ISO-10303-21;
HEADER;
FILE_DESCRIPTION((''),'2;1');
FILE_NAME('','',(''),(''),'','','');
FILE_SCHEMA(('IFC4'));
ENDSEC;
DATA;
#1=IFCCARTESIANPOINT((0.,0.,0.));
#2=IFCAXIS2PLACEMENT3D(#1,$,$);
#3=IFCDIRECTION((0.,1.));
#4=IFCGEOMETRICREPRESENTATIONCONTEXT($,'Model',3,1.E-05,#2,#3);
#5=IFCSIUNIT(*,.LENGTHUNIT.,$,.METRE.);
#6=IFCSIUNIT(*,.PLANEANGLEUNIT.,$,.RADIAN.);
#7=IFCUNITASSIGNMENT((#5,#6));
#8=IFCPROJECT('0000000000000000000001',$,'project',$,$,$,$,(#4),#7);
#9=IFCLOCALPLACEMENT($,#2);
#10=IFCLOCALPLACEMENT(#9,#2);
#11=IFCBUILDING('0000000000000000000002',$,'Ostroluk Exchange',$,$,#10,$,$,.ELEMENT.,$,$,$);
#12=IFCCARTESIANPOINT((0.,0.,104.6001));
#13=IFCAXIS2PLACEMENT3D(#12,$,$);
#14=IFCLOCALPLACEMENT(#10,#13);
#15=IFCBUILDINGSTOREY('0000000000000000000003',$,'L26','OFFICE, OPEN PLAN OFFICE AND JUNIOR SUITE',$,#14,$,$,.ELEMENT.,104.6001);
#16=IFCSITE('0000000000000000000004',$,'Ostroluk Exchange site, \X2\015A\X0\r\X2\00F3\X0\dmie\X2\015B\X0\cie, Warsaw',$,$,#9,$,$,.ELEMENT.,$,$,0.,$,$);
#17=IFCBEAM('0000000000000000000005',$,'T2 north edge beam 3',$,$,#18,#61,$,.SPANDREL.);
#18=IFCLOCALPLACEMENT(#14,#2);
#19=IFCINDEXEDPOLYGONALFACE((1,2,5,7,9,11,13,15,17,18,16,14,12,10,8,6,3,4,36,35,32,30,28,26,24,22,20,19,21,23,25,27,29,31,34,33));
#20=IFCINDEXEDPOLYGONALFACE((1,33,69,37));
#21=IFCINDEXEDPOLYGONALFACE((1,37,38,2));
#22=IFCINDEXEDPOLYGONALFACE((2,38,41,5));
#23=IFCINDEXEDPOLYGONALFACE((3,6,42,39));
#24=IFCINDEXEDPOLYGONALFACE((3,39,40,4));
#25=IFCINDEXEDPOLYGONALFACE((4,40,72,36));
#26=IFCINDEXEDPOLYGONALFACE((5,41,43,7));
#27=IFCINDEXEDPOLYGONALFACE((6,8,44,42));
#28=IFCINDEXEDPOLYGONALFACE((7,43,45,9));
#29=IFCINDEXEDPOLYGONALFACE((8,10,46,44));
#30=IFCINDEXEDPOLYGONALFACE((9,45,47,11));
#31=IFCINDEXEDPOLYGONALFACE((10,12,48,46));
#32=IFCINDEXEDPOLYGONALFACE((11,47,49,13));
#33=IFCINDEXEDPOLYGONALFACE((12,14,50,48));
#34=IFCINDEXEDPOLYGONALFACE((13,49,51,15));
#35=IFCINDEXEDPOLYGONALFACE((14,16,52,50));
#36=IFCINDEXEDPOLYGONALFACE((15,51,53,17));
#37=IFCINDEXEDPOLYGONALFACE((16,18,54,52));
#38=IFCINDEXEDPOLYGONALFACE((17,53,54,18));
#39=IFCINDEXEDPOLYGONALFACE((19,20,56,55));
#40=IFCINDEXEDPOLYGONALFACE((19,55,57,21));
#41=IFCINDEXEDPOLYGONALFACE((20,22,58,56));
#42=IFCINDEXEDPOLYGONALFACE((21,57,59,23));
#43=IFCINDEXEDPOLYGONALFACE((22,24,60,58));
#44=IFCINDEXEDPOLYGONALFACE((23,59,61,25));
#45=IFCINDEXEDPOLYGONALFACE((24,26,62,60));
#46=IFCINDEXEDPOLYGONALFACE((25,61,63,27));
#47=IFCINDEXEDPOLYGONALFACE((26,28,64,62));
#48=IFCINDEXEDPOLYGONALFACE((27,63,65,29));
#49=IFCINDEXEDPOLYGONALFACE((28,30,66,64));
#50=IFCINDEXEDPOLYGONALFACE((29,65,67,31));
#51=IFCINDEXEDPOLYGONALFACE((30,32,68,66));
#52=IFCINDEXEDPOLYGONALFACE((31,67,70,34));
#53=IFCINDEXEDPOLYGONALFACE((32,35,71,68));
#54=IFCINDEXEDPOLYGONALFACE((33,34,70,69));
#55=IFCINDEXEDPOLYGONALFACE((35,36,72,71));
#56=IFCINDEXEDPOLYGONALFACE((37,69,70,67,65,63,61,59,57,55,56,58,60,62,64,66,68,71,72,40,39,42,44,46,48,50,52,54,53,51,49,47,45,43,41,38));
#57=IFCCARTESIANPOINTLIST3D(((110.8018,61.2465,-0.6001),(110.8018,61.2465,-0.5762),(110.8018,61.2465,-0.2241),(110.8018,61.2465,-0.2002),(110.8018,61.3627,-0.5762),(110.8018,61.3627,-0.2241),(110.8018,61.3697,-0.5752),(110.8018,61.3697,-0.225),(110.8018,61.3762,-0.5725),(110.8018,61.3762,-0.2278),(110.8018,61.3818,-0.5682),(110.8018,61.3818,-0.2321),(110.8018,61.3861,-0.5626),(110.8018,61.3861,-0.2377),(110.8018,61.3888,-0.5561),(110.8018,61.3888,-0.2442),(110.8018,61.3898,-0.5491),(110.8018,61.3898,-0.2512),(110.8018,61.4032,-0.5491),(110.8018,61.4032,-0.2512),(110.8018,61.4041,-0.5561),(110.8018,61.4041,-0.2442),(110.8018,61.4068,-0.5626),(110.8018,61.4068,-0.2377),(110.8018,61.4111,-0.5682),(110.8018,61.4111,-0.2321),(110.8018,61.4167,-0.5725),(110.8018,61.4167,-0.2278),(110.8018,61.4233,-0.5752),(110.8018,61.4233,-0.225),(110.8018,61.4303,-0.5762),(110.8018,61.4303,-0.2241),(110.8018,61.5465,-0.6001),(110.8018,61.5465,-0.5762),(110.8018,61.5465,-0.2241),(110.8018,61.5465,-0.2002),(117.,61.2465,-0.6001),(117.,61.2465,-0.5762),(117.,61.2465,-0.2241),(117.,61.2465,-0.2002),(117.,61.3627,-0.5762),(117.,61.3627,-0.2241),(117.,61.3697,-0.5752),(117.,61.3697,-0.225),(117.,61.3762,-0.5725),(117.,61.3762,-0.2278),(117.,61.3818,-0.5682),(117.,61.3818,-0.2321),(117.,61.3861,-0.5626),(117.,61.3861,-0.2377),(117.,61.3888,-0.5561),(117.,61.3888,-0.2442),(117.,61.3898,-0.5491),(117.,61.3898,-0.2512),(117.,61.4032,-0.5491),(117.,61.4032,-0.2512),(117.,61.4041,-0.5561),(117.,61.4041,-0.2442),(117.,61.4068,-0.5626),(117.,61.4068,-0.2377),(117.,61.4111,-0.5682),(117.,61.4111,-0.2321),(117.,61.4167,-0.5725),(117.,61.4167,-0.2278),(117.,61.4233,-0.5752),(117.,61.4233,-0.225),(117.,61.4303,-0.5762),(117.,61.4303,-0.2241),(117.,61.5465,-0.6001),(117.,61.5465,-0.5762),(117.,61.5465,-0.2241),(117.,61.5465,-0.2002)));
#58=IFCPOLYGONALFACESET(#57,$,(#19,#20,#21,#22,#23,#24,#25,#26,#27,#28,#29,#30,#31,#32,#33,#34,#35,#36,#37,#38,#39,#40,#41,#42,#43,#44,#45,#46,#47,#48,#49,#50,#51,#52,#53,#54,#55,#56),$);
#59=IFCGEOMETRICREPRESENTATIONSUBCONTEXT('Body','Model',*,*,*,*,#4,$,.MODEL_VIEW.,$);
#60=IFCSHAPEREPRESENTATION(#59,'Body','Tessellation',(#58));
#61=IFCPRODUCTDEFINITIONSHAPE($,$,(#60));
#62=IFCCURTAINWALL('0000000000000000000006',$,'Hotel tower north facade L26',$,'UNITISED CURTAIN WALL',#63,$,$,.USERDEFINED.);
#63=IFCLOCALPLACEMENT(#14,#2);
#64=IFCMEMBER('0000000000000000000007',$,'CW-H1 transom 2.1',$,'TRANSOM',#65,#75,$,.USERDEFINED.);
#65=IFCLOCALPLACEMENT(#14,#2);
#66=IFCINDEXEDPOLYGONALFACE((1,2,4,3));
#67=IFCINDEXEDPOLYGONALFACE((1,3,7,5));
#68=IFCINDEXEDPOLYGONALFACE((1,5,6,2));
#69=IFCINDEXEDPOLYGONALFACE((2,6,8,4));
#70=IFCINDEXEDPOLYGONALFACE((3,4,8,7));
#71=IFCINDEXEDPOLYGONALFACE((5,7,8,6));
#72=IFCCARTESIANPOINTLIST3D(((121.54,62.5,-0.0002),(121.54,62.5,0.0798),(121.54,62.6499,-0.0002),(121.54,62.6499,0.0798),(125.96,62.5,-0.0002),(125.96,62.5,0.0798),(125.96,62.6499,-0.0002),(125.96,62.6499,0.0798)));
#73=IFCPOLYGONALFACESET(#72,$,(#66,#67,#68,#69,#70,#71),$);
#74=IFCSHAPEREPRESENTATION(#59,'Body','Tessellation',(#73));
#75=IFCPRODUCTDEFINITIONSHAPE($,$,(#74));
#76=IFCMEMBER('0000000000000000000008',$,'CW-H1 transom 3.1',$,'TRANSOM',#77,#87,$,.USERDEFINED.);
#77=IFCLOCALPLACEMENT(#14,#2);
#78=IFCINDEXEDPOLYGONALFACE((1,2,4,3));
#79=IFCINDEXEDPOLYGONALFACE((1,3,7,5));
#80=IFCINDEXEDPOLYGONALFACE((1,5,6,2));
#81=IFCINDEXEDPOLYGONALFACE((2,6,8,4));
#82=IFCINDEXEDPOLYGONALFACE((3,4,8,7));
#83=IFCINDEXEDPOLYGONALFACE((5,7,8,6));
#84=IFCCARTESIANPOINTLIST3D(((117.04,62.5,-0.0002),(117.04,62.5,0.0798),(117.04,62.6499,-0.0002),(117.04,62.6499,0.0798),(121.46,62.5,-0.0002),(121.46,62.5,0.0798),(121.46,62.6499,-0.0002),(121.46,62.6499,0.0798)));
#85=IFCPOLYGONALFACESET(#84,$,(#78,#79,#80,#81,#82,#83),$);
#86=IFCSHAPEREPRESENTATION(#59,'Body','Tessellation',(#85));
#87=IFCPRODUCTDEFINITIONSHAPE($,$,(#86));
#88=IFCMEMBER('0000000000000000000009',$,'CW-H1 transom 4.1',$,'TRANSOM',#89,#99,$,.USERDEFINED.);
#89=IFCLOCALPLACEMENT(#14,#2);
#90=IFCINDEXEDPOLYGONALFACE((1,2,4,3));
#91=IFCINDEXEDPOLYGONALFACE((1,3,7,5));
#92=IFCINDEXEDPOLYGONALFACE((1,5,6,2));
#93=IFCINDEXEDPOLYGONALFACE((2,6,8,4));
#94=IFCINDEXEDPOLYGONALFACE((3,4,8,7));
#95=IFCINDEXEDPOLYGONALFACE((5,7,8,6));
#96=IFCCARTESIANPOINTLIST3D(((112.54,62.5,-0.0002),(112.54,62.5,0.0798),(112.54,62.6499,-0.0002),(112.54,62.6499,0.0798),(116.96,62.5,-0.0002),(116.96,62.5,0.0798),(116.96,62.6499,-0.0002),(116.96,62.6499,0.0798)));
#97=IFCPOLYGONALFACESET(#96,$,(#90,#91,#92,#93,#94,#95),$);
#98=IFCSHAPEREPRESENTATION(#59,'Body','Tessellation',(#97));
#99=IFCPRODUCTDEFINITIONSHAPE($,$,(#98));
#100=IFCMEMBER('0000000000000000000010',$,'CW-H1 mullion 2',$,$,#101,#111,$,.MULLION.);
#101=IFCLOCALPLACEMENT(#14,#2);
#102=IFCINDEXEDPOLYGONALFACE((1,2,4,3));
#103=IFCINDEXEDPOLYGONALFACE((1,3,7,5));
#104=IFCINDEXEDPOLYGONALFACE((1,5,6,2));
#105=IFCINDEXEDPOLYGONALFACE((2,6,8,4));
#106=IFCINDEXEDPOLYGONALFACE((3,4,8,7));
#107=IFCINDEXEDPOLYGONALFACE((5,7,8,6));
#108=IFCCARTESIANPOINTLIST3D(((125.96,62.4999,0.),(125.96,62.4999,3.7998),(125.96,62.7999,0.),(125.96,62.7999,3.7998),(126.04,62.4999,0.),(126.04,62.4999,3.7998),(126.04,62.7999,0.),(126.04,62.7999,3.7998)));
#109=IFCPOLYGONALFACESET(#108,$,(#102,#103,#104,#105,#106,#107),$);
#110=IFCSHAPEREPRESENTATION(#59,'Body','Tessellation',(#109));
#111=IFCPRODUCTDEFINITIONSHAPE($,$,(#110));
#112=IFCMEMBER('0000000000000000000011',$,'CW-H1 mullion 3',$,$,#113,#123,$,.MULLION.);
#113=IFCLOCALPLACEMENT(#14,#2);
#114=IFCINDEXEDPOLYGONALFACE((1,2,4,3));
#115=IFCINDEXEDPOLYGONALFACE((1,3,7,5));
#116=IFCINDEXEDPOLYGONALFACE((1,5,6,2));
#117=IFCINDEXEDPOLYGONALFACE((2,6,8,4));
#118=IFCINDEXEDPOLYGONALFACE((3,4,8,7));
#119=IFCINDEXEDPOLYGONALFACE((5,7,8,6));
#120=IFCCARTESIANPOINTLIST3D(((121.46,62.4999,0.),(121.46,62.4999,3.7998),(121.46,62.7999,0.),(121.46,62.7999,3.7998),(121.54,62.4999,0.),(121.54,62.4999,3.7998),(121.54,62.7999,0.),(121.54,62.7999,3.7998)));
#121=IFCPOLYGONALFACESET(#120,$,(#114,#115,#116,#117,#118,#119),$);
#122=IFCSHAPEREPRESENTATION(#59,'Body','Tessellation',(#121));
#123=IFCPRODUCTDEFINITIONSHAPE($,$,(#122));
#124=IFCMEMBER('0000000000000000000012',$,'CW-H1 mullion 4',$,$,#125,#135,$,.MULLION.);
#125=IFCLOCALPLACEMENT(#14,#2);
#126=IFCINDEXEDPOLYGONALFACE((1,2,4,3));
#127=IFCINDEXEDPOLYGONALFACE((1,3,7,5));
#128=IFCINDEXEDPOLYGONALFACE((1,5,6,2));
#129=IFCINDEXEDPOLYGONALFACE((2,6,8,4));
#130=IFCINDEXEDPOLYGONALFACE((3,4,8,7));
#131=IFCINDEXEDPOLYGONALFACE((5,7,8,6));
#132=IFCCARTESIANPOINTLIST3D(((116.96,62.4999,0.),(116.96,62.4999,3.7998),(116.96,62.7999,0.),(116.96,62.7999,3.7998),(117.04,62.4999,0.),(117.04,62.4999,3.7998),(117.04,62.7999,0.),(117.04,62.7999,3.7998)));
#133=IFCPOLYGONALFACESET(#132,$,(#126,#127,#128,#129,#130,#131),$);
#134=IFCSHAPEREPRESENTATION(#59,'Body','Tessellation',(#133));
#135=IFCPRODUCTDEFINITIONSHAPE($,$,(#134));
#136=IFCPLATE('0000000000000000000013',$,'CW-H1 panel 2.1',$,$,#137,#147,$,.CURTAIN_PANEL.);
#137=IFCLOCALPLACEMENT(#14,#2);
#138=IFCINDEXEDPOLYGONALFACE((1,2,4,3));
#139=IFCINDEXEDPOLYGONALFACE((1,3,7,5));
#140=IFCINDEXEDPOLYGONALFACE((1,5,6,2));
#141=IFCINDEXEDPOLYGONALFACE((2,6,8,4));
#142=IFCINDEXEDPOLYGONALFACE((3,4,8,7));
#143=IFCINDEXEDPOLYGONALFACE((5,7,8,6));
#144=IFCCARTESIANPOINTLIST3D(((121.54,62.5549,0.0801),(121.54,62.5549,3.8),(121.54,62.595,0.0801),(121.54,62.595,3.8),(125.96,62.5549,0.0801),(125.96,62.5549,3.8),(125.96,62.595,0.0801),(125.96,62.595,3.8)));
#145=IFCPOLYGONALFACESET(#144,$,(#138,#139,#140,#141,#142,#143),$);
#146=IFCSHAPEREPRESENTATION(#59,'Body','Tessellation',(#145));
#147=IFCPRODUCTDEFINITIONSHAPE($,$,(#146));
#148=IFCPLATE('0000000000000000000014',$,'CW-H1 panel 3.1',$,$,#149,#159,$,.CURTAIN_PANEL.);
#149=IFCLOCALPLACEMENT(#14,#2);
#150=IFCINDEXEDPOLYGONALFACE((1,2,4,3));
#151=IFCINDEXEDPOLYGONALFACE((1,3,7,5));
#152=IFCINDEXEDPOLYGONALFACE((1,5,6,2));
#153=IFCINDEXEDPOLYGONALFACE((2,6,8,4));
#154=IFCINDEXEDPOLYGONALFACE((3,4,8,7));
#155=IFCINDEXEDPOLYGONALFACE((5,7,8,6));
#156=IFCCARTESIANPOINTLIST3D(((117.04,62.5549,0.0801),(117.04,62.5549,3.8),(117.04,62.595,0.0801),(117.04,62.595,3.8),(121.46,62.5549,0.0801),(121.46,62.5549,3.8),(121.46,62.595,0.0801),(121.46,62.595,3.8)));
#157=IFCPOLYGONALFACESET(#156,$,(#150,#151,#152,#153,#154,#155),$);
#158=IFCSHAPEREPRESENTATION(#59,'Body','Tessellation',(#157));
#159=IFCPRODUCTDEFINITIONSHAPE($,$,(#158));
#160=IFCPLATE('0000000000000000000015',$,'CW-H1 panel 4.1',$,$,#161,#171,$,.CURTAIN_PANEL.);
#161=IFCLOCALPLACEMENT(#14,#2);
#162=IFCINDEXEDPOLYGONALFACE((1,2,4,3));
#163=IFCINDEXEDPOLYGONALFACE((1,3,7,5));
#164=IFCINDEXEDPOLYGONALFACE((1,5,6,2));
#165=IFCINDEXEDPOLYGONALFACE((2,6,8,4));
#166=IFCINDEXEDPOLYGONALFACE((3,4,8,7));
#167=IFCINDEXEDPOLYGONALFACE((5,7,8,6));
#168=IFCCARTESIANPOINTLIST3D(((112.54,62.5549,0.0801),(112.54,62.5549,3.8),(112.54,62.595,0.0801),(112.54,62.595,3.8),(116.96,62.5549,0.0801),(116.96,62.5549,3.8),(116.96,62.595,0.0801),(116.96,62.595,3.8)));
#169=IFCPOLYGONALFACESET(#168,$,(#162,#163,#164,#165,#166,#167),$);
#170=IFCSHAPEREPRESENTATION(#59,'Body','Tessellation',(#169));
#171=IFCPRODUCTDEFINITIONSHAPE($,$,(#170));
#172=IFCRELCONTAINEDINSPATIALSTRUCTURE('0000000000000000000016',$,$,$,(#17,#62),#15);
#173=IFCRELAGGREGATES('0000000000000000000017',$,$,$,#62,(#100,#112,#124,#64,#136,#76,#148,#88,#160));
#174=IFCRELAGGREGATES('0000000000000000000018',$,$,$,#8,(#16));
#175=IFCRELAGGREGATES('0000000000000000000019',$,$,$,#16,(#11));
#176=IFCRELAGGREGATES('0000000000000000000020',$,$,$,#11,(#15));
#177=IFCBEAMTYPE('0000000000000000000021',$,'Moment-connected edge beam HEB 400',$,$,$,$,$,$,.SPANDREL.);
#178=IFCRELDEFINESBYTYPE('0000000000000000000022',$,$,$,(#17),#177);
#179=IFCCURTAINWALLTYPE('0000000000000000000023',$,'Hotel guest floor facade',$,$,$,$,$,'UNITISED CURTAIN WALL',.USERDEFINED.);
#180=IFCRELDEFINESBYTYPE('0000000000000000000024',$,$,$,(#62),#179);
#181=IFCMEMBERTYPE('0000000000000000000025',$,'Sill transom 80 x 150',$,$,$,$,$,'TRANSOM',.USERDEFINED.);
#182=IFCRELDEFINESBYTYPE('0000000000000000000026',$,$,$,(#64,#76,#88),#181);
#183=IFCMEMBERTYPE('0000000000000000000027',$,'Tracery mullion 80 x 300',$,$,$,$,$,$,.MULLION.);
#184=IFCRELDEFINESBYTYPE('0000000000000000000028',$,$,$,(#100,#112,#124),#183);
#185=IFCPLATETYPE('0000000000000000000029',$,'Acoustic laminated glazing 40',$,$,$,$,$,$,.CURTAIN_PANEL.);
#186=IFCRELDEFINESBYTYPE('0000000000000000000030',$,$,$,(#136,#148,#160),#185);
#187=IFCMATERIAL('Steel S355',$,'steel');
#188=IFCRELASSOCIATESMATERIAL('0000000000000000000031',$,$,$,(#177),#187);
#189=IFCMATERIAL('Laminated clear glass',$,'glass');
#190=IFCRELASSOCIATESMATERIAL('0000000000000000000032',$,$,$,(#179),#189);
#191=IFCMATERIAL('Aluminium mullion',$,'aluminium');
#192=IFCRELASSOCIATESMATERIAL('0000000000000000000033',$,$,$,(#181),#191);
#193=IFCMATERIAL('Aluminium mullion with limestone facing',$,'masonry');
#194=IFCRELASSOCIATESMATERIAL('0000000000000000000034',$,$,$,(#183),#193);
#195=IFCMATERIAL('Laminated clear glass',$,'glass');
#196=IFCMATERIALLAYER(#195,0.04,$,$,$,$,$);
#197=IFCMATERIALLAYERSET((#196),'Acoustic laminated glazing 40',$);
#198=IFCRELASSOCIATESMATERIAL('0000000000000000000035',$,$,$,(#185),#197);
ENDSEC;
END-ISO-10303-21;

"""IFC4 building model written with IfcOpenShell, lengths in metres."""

from ifc_helpers import new_model, si_unit, direction, frame, origin, origin_2d, place, context, subcontext, project, spatial, rectangle, i_section, extrude, material, layer, layer_set, material_profile, profile_set, type_object, element, aggregate, save


model = new_model("IFC4")

# Units and contexts
model_context = context("Model", 3, precision=1e-05, world=origin(), true_north=direction((0.0, 1.0)))
body_context = subcontext(model_context, "Body", "Model", "MODEL_VIEW")
ifc_project = project(units=[si_unit("LENGTHUNIT", "METRE"), si_unit("PLANEANGLEUNIT", "RADIAN")], contexts=[model_context])

# Site, building, storey
site_placement = place(None, origin())
site = spatial("IfcSite", under=ifc_project, at=site_placement, Name="Ostroluk Exchange site, Śródmieście, Warsaw", CompositionType="ELEMENT", RefElevation=0.0)
building_placement = place(site_placement, origin())
building = spatial("IfcBuilding", under=site, at=building_placement, Name="Ostroluk Exchange", CompositionType="ELEMENT")
storey_placement = place(building_placement, frame((0.0, 0.0, 104.6001)))
storey = spatial("IfcBuildingStorey", under=building, at=storey_placement, Name="L26", Description="OFFICE, OPEN PLAN OFFICE AND JUNIOR SUITE", CompositionType="ELEMENT", Elevation=104.6001)

# Beam
ifc_material_1 = material(Name="Steel S355", Category="steel")
ifc_material_profile_1 = material_profile(ifc_material_1, i_section(OverallWidth=0.3, OverallDepth=0.3999, WebThickness=0.0134, FlangeThickness=0.0239, FilletRadius=0.0271, at=origin_2d()), Name="HEB 400")
ifc_profile_set_1 = profile_set([ifc_material_profile_1], Name="Steel S355")
beam_type = type_object("IfcBeamType", Name="Moment-connected edge beam HEB 400", PredefinedType="SPANDREL", material=ifc_profile_set_1)
for number, where, z_axis, x_axis, name in (
    (1, (117.0, 61.3965, -0.4001), (-1.0, 0.0, 0.0), (0.0, -1.0, 0.0), "T2 north edge beam 3"),
):
    element("IfcBeam", number, at=place(storey_placement, frame(where, z_axis=z_axis, x_axis=x_axis)), inside=storey, type_object=beam_type, Name=name, PredefinedType="SPANDREL", context=body_context, shape_type="SweptSolid", body=[
        extrude(i_section(OverallWidth=0.3, OverallDepth=0.3999, WebThickness=0.0134, FlangeThickness=0.0239, FilletRadius=0.0271, at=origin_2d()), origin(), (0.0, 0.0, 1.0), 6.1982),
    ])

# Curtain wall, members, plates
ifc_material_2 = material(Name="Laminated clear glass", Category="glass")
curtain_wall_type = type_object("IfcCurtainWallType", Name="Hotel guest floor facade", ElementType="UNITISED CURTAIN WALL", PredefinedType="USERDEFINED", material=ifc_material_2)
curtain_wall_placement = place(storey_placement, origin())
curtain_wall = element("IfcCurtainWall", 2, at=curtain_wall_placement, inside=storey, type_object=curtain_wall_type, Name="Hotel tower north facade L26", ObjectType="UNITISED CURTAIN WALL", PredefinedType="USERDEFINED")
ifc_material_3 = material(Name="Aluminium mullion", Category="aluminium")
ifc_material_profile_2 = material_profile(ifc_material_3, rectangle(XDim=0.1499, YDim=0.0801, at=origin_2d()), Name="Sill transom 80 x 150")
ifc_profile_set_2 = profile_set([ifc_material_profile_2], Name="Aluminium mullion")
member_type_1 = type_object("IfcMemberType", Name="Sill transom 80 x 150", ElementType="TRANSOM", PredefinedType="USERDEFINED", material=ifc_profile_set_2)
member_1_placement = place(storey_placement, frame((125.96, 62.575, 0.0398), z_axis=(-1.0, 0.0, 0.0), x_axis=(0.0, -1.0, 0.0)))
member_1 = element("IfcMember", 3, at=member_1_placement, type_object=member_type_1, Name="CW-H1 transom 2.1", ObjectType="TRANSOM", PredefinedType="USERDEFINED", context=body_context, shape_type="SweptSolid", body=[
    extrude(rectangle(XDim=0.1499, YDim=0.0801, at=origin_2d()), origin(), (0.0, 0.0, 1.0), 4.4199),
])
member_2_placement = place(storey_placement, frame((121.46, 62.575, 0.0398), z_axis=(-1.0, 0.0, 0.0), x_axis=(0.0, -1.0, 0.0)))
member_2 = element("IfcMember", 4, at=member_2_placement, type_object=member_type_1, Name="CW-H1 transom 3.1", ObjectType="TRANSOM", PredefinedType="USERDEFINED", context=body_context, shape_type="SweptSolid", body=[
    extrude(rectangle(XDim=0.1499, YDim=0.0801, at=origin_2d()), origin(), (0.0, 0.0, 1.0), 4.4199),
])
member_3_placement = place(storey_placement, frame((116.96, 62.575, 0.0398), z_axis=(-1.0, 0.0, 0.0), x_axis=(0.0, -1.0, 0.0)))
member_3 = element("IfcMember", 5, at=member_3_placement, type_object=member_type_1, Name="CW-H1 transom 4.1", ObjectType="TRANSOM", PredefinedType="USERDEFINED", context=body_context, shape_type="SweptSolid", body=[
    extrude(rectangle(XDim=0.1499, YDim=0.0801, at=origin_2d()), origin(), (0.0, 0.0, 1.0), 4.4199),
])
ifc_material_4 = material(Name="Aluminium mullion with limestone facing", Category="masonry")
ifc_material_profile_3 = material_profile(ifc_material_4, rectangle(XDim=0.3, YDim=0.0801, at=origin_2d()), Name="Tracery mullion 80 x 300")
ifc_profile_set_3 = profile_set([ifc_material_profile_3], Name="Aluminium mullion with limestone facing")
member_type_2 = type_object("IfcMemberType", Name="Tracery mullion 80 x 300", PredefinedType="MULLION", material=ifc_profile_set_3)
member_4_placement = place(storey_placement, frame((126.0, 62.6499, 0.0), z_axis=(0.0, 0.0, 1.0), x_axis=(0.0, -1.0, 0.0)))
member_4 = element("IfcMember", 6, at=member_4_placement, type_object=member_type_2, Name="CW-H1 mullion 2", PredefinedType="MULLION", context=body_context, shape_type="SweptSolid", body=[
    extrude(rectangle(XDim=0.3, YDim=0.0801, at=origin_2d()), origin(), (0.0, 0.0, 1.0), 3.7998),
])
member_5_placement = place(storey_placement, frame((121.5, 62.6499, 0.0), z_axis=(0.0, 0.0, 1.0), x_axis=(0.0, -1.0, 0.0)))
member_5 = element("IfcMember", 7, at=member_5_placement, type_object=member_type_2, Name="CW-H1 mullion 3", PredefinedType="MULLION", context=body_context, shape_type="SweptSolid", body=[
    extrude(rectangle(XDim=0.3, YDim=0.0801, at=origin_2d()), origin(), (0.0, 0.0, 1.0), 3.7998),
])
member_6_placement = place(storey_placement, frame((117.0, 62.6499, 0.0), z_axis=(0.0, 0.0, 1.0), x_axis=(0.0, -1.0, 0.0)))
member_6 = element("IfcMember", 8, at=member_6_placement, type_object=member_type_2, Name="CW-H1 mullion 4", PredefinedType="MULLION", context=body_context, shape_type="SweptSolid", body=[
    extrude(rectangle(XDim=0.3, YDim=0.0801, at=origin_2d()), origin(), (0.0, 0.0, 1.0), 3.7998),
])
ifc_material_5 = material(Name="Laminated clear glass", Category="glass")
ifc_layer_1 = layer(ifc_material_5, 0.04)
ifc_layer_set_1 = layer_set([ifc_layer_1], Name="Acoustic laminated glazing 40")
plate_type = type_object("IfcPlateType", Name="Acoustic laminated glazing 40", PredefinedType="CURTAIN_PANEL", material=ifc_layer_set_1)
plate_1_placement = place(storey_placement, frame((123.75, 62.575, 0.0801), z_axis=(0.0, 0.0, 1.0), x_axis=(-1.0, 0.0, 0.0)))
plate_1 = element("IfcPlate", 9, at=plate_1_placement, type_object=plate_type, Name="CW-H1 panel 2.1", PredefinedType="CURTAIN_PANEL", context=body_context, shape_type="SweptSolid", body=[
    extrude(rectangle(XDim=4.4199, YDim=0.04, at=origin_2d()), origin(), (0.0, 0.0, 1.0), 3.72),
])
plate_2_placement = place(storey_placement, frame((119.25, 62.575, 0.0801), z_axis=(0.0, 0.0, 1.0), x_axis=(-1.0, 0.0, 0.0)))
plate_2 = element("IfcPlate", 10, at=plate_2_placement, type_object=plate_type, Name="CW-H1 panel 3.1", PredefinedType="CURTAIN_PANEL", context=body_context, shape_type="SweptSolid", body=[
    extrude(rectangle(XDim=4.4199, YDim=0.04, at=origin_2d()), origin(), (0.0, 0.0, 1.0), 3.72),
])
plate_3_placement = place(storey_placement, frame((114.75, 62.575, 0.0801), z_axis=(0.0, 0.0, 1.0), x_axis=(-1.0, 0.0, 0.0)))
plate_3 = element("IfcPlate", 11, at=plate_3_placement, type_object=plate_type, Name="CW-H1 panel 4.1", PredefinedType="CURTAIN_PANEL", context=body_context, shape_type="SweptSolid", body=[
    extrude(rectangle(XDim=4.4199, YDim=0.04, at=origin_2d()), origin(), (0.0, 0.0, 1.0), 3.72),
])
aggregate(curtain_wall, [member_4, member_5, member_6, member_1, plate_1, member_2, plate_2, member_3, plate_3])

save(model, "model.ifc")
